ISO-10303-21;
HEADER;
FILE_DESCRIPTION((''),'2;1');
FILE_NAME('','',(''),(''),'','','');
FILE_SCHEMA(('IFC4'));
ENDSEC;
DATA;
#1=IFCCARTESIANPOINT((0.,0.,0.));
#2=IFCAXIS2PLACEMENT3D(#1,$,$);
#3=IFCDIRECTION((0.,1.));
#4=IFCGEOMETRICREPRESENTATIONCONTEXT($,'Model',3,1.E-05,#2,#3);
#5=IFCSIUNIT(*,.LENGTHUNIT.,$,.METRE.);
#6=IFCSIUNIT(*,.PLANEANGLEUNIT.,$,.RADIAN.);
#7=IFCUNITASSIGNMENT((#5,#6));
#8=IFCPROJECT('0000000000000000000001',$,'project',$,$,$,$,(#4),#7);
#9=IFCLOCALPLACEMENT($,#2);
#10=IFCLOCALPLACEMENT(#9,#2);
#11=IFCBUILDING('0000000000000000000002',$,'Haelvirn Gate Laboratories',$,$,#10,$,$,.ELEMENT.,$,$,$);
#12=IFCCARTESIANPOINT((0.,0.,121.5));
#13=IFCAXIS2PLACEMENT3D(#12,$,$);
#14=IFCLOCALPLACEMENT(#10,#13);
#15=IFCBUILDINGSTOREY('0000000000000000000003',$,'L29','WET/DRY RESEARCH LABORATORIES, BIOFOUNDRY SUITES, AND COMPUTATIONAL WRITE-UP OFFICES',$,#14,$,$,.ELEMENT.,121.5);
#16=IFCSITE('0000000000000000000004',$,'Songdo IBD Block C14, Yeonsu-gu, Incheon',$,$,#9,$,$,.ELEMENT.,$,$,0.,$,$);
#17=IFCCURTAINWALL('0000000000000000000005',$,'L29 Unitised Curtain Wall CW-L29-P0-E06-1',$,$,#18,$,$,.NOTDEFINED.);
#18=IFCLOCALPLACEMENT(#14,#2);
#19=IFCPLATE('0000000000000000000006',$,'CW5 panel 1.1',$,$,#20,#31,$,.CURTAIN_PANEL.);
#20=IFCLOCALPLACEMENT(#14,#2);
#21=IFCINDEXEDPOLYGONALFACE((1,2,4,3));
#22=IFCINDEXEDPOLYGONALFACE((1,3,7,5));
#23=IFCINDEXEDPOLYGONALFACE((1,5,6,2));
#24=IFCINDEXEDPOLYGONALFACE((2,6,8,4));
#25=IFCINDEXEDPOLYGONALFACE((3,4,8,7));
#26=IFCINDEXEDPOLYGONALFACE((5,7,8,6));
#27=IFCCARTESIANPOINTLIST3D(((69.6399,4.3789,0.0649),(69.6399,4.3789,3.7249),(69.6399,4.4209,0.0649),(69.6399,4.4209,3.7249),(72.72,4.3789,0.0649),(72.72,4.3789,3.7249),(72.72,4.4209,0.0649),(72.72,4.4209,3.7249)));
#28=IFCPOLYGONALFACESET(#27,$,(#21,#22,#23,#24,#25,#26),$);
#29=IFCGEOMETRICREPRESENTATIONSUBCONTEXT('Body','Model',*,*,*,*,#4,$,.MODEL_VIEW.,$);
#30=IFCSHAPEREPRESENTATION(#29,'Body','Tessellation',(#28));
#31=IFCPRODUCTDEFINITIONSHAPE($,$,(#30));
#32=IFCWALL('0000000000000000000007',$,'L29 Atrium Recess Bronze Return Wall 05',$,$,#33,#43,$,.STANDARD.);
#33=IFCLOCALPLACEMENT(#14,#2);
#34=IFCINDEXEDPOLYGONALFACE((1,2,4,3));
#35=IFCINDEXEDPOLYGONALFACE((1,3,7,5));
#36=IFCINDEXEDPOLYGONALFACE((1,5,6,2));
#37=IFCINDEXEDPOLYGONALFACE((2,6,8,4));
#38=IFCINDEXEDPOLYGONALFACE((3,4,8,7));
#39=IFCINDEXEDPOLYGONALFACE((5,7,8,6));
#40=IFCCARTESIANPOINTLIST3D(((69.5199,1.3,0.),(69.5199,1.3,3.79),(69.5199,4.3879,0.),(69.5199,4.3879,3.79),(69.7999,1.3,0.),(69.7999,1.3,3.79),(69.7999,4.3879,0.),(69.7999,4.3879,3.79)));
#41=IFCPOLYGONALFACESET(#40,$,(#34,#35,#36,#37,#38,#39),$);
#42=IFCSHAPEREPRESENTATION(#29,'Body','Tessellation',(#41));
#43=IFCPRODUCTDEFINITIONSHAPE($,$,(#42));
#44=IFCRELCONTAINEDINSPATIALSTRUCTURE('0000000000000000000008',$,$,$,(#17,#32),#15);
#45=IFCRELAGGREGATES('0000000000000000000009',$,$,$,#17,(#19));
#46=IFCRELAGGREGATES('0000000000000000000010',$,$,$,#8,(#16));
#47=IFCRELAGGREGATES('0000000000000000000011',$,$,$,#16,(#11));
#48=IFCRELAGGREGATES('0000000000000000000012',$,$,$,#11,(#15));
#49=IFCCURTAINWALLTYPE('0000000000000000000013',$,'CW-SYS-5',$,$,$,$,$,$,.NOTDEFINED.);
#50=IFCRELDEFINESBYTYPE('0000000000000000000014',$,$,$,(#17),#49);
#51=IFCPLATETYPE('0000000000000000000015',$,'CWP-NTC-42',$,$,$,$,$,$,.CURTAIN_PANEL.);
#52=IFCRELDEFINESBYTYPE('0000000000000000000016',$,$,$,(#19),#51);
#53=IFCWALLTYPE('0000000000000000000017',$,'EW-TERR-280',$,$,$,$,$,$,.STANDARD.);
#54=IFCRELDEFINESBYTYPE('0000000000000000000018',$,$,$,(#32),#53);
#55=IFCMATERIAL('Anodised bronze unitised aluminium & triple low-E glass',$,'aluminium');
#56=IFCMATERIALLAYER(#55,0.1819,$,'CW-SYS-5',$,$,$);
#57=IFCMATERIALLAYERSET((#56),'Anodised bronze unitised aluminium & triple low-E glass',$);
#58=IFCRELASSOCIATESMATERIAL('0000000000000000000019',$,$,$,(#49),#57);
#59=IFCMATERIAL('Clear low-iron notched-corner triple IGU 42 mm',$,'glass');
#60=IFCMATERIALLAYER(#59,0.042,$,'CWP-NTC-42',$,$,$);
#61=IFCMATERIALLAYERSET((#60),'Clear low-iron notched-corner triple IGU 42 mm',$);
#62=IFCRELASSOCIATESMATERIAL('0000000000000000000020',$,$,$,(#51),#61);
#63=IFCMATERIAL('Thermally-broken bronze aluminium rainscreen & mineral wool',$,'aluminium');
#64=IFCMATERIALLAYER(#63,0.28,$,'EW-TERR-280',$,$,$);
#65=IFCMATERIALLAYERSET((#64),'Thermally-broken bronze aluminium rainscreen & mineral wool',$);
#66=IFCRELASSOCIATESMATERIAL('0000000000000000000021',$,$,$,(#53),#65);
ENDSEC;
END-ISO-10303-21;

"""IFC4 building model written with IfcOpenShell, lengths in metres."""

from ifc_helpers import new_model, si_unit, direction, frame, frame_2d, origin, origin_2d, place, context, subcontext, project, spatial, rectangle, extrude, source, transform, mapped, material, layer, layer_set, type_object, type_shapes, element, aggregate, save


model = new_model("IFC4")

# Units and contexts
model_context = context("Model", 3, precision=1e-05, world=origin(), true_north=direction((0.0, 1.0)))
body_context = subcontext(model_context, "Body", "Model", "MODEL_VIEW")
ifc_project = project(units=[si_unit("LENGTHUNIT", "METRE"), si_unit("PLANEANGLEUNIT", "RADIAN")], contexts=[model_context])

# Site, building, storey
site_placement = place(None, origin())
site = spatial("IfcSite", under=ifc_project, at=site_placement, Name="Songdo IBD Block C14, Yeonsu-gu, Incheon", CompositionType="ELEMENT", RefElevation=0.0)
building_placement = place(site_placement, origin())
building = spatial("IfcBuilding", under=site, at=building_placement, Name="Haelvirn Gate Laboratories", CompositionType="ELEMENT")
storey_placement = place(building_placement, frame((0.0, 0.0, 121.5)))
storey = spatial("IfcBuildingStorey", under=building, at=storey_placement, Name="L29", Description="WET/DRY RESEARCH LABORATORIES, BIOFOUNDRY SUITES, AND COMPUTATIONAL WRITE-UP OFFICES", CompositionType="ELEMENT", Elevation=121.5)

# Curtain wall
ifc_material_1 = material(Name="Anodised bronze unitised aluminium & triple low-E glass", Category="aluminium")
ifc_layer_1 = layer(ifc_material_1, 0.1819, Name="CW-SYS-5")
ifc_layer_set_1 = layer_set([ifc_layer_1], Name="Anodised bronze unitised aluminium & triple low-E glass")
curtain_wall_type_1 = type_object("IfcCurtainWallType", Name="CW-SYS-5", PredefinedType="NOTDEFINED", material=ifc_layer_set_1)
curtain_wall_1_placement = place(storey_placement, origin())
curtain_wall_1 = element("IfcCurtainWall", 1, at=curtain_wall_1_placement, inside=storey, type_object=curtain_wall_type_1, Name="L29 Unitised Curtain Wall CW-L29-P0-E06-1", PredefinedType="NOTDEFINED")

# Plate
ifc_material_2 = material(Name="Clear low-iron notched-corner triple IGU 42 mm", Category="glass")
ifc_layer_2 = layer(ifc_material_2, 0.042, Name="CWP-NTC-42")
ifc_layer_set_2 = layer_set([ifc_layer_2], Name="Clear low-iron notched-corner triple IGU 42 mm")
plate_type_1 = type_object("IfcPlateType", Name="CWP-NTC-42", PredefinedType="CURTAIN_PANEL", material=ifc_layer_set_2)
shared_shape_1 = source(origin(), body_context, "Body", "SweptSolid", [
    extrude(rectangle(XDim=3.0801, YDim=0.042, at=origin_2d()), origin(), (0.0, 0.0, 1.0), 3.6599),
])
type_shapes(plate_type_1, [shared_shape_1])
plate_1_placement = place(storey_placement, frame((71.1799, 4.3999, 0.0649), z_axis=(0.0, 0.0, 1.0), x_axis=(1.0, 0.0, 0.0)))
plate_1 = element("IfcPlate", 2, at=plate_1_placement, type_object=plate_type_1, Name="CW5 panel 1.1", PredefinedType="CURTAIN_PANEL", context=body_context, shape_type="MappedRepresentation", body=[
    mapped(shared_shape_1, transform((0.0, 0.0, 0.0), scale=1.0)),
])
aggregate(curtain_wall_1, [plate_1])

# Wall
ifc_material_3 = material(Name="Thermally-broken bronze aluminium rainscreen & mineral wool", Category="aluminium")
ifc_layer_3 = layer(ifc_material_3, 0.28, Name="EW-TERR-280")
ifc_layer_set_3 = layer_set([ifc_layer_3], Name="Thermally-broken bronze aluminium rainscreen & mineral wool")
wall_type = type_object("IfcWallType", Name="EW-TERR-280", PredefinedType="STANDARD", material=ifc_layer_set_3)
wall_placement = place(storey_placement, frame((69.6599, 1.3, 0.0), z_axis=(0.0, 0.0, 1.0), x_axis=(0.0, 1.0, 0.0)))
element("IfcWall", 3, at=wall_placement, inside=storey, type_object=wall_type, Name="L29 Atrium Recess Bronze Return Wall 05", PredefinedType="STANDARD", context=body_context, shape_type="SweptSolid", body=[
    extrude(rectangle(XDim=3.0879, YDim=0.28, at=frame_2d((1.5439, 0.0))), origin(), (0.0, 0.0, 1.0), 3.79),
])

save(model, "model.ifc")
